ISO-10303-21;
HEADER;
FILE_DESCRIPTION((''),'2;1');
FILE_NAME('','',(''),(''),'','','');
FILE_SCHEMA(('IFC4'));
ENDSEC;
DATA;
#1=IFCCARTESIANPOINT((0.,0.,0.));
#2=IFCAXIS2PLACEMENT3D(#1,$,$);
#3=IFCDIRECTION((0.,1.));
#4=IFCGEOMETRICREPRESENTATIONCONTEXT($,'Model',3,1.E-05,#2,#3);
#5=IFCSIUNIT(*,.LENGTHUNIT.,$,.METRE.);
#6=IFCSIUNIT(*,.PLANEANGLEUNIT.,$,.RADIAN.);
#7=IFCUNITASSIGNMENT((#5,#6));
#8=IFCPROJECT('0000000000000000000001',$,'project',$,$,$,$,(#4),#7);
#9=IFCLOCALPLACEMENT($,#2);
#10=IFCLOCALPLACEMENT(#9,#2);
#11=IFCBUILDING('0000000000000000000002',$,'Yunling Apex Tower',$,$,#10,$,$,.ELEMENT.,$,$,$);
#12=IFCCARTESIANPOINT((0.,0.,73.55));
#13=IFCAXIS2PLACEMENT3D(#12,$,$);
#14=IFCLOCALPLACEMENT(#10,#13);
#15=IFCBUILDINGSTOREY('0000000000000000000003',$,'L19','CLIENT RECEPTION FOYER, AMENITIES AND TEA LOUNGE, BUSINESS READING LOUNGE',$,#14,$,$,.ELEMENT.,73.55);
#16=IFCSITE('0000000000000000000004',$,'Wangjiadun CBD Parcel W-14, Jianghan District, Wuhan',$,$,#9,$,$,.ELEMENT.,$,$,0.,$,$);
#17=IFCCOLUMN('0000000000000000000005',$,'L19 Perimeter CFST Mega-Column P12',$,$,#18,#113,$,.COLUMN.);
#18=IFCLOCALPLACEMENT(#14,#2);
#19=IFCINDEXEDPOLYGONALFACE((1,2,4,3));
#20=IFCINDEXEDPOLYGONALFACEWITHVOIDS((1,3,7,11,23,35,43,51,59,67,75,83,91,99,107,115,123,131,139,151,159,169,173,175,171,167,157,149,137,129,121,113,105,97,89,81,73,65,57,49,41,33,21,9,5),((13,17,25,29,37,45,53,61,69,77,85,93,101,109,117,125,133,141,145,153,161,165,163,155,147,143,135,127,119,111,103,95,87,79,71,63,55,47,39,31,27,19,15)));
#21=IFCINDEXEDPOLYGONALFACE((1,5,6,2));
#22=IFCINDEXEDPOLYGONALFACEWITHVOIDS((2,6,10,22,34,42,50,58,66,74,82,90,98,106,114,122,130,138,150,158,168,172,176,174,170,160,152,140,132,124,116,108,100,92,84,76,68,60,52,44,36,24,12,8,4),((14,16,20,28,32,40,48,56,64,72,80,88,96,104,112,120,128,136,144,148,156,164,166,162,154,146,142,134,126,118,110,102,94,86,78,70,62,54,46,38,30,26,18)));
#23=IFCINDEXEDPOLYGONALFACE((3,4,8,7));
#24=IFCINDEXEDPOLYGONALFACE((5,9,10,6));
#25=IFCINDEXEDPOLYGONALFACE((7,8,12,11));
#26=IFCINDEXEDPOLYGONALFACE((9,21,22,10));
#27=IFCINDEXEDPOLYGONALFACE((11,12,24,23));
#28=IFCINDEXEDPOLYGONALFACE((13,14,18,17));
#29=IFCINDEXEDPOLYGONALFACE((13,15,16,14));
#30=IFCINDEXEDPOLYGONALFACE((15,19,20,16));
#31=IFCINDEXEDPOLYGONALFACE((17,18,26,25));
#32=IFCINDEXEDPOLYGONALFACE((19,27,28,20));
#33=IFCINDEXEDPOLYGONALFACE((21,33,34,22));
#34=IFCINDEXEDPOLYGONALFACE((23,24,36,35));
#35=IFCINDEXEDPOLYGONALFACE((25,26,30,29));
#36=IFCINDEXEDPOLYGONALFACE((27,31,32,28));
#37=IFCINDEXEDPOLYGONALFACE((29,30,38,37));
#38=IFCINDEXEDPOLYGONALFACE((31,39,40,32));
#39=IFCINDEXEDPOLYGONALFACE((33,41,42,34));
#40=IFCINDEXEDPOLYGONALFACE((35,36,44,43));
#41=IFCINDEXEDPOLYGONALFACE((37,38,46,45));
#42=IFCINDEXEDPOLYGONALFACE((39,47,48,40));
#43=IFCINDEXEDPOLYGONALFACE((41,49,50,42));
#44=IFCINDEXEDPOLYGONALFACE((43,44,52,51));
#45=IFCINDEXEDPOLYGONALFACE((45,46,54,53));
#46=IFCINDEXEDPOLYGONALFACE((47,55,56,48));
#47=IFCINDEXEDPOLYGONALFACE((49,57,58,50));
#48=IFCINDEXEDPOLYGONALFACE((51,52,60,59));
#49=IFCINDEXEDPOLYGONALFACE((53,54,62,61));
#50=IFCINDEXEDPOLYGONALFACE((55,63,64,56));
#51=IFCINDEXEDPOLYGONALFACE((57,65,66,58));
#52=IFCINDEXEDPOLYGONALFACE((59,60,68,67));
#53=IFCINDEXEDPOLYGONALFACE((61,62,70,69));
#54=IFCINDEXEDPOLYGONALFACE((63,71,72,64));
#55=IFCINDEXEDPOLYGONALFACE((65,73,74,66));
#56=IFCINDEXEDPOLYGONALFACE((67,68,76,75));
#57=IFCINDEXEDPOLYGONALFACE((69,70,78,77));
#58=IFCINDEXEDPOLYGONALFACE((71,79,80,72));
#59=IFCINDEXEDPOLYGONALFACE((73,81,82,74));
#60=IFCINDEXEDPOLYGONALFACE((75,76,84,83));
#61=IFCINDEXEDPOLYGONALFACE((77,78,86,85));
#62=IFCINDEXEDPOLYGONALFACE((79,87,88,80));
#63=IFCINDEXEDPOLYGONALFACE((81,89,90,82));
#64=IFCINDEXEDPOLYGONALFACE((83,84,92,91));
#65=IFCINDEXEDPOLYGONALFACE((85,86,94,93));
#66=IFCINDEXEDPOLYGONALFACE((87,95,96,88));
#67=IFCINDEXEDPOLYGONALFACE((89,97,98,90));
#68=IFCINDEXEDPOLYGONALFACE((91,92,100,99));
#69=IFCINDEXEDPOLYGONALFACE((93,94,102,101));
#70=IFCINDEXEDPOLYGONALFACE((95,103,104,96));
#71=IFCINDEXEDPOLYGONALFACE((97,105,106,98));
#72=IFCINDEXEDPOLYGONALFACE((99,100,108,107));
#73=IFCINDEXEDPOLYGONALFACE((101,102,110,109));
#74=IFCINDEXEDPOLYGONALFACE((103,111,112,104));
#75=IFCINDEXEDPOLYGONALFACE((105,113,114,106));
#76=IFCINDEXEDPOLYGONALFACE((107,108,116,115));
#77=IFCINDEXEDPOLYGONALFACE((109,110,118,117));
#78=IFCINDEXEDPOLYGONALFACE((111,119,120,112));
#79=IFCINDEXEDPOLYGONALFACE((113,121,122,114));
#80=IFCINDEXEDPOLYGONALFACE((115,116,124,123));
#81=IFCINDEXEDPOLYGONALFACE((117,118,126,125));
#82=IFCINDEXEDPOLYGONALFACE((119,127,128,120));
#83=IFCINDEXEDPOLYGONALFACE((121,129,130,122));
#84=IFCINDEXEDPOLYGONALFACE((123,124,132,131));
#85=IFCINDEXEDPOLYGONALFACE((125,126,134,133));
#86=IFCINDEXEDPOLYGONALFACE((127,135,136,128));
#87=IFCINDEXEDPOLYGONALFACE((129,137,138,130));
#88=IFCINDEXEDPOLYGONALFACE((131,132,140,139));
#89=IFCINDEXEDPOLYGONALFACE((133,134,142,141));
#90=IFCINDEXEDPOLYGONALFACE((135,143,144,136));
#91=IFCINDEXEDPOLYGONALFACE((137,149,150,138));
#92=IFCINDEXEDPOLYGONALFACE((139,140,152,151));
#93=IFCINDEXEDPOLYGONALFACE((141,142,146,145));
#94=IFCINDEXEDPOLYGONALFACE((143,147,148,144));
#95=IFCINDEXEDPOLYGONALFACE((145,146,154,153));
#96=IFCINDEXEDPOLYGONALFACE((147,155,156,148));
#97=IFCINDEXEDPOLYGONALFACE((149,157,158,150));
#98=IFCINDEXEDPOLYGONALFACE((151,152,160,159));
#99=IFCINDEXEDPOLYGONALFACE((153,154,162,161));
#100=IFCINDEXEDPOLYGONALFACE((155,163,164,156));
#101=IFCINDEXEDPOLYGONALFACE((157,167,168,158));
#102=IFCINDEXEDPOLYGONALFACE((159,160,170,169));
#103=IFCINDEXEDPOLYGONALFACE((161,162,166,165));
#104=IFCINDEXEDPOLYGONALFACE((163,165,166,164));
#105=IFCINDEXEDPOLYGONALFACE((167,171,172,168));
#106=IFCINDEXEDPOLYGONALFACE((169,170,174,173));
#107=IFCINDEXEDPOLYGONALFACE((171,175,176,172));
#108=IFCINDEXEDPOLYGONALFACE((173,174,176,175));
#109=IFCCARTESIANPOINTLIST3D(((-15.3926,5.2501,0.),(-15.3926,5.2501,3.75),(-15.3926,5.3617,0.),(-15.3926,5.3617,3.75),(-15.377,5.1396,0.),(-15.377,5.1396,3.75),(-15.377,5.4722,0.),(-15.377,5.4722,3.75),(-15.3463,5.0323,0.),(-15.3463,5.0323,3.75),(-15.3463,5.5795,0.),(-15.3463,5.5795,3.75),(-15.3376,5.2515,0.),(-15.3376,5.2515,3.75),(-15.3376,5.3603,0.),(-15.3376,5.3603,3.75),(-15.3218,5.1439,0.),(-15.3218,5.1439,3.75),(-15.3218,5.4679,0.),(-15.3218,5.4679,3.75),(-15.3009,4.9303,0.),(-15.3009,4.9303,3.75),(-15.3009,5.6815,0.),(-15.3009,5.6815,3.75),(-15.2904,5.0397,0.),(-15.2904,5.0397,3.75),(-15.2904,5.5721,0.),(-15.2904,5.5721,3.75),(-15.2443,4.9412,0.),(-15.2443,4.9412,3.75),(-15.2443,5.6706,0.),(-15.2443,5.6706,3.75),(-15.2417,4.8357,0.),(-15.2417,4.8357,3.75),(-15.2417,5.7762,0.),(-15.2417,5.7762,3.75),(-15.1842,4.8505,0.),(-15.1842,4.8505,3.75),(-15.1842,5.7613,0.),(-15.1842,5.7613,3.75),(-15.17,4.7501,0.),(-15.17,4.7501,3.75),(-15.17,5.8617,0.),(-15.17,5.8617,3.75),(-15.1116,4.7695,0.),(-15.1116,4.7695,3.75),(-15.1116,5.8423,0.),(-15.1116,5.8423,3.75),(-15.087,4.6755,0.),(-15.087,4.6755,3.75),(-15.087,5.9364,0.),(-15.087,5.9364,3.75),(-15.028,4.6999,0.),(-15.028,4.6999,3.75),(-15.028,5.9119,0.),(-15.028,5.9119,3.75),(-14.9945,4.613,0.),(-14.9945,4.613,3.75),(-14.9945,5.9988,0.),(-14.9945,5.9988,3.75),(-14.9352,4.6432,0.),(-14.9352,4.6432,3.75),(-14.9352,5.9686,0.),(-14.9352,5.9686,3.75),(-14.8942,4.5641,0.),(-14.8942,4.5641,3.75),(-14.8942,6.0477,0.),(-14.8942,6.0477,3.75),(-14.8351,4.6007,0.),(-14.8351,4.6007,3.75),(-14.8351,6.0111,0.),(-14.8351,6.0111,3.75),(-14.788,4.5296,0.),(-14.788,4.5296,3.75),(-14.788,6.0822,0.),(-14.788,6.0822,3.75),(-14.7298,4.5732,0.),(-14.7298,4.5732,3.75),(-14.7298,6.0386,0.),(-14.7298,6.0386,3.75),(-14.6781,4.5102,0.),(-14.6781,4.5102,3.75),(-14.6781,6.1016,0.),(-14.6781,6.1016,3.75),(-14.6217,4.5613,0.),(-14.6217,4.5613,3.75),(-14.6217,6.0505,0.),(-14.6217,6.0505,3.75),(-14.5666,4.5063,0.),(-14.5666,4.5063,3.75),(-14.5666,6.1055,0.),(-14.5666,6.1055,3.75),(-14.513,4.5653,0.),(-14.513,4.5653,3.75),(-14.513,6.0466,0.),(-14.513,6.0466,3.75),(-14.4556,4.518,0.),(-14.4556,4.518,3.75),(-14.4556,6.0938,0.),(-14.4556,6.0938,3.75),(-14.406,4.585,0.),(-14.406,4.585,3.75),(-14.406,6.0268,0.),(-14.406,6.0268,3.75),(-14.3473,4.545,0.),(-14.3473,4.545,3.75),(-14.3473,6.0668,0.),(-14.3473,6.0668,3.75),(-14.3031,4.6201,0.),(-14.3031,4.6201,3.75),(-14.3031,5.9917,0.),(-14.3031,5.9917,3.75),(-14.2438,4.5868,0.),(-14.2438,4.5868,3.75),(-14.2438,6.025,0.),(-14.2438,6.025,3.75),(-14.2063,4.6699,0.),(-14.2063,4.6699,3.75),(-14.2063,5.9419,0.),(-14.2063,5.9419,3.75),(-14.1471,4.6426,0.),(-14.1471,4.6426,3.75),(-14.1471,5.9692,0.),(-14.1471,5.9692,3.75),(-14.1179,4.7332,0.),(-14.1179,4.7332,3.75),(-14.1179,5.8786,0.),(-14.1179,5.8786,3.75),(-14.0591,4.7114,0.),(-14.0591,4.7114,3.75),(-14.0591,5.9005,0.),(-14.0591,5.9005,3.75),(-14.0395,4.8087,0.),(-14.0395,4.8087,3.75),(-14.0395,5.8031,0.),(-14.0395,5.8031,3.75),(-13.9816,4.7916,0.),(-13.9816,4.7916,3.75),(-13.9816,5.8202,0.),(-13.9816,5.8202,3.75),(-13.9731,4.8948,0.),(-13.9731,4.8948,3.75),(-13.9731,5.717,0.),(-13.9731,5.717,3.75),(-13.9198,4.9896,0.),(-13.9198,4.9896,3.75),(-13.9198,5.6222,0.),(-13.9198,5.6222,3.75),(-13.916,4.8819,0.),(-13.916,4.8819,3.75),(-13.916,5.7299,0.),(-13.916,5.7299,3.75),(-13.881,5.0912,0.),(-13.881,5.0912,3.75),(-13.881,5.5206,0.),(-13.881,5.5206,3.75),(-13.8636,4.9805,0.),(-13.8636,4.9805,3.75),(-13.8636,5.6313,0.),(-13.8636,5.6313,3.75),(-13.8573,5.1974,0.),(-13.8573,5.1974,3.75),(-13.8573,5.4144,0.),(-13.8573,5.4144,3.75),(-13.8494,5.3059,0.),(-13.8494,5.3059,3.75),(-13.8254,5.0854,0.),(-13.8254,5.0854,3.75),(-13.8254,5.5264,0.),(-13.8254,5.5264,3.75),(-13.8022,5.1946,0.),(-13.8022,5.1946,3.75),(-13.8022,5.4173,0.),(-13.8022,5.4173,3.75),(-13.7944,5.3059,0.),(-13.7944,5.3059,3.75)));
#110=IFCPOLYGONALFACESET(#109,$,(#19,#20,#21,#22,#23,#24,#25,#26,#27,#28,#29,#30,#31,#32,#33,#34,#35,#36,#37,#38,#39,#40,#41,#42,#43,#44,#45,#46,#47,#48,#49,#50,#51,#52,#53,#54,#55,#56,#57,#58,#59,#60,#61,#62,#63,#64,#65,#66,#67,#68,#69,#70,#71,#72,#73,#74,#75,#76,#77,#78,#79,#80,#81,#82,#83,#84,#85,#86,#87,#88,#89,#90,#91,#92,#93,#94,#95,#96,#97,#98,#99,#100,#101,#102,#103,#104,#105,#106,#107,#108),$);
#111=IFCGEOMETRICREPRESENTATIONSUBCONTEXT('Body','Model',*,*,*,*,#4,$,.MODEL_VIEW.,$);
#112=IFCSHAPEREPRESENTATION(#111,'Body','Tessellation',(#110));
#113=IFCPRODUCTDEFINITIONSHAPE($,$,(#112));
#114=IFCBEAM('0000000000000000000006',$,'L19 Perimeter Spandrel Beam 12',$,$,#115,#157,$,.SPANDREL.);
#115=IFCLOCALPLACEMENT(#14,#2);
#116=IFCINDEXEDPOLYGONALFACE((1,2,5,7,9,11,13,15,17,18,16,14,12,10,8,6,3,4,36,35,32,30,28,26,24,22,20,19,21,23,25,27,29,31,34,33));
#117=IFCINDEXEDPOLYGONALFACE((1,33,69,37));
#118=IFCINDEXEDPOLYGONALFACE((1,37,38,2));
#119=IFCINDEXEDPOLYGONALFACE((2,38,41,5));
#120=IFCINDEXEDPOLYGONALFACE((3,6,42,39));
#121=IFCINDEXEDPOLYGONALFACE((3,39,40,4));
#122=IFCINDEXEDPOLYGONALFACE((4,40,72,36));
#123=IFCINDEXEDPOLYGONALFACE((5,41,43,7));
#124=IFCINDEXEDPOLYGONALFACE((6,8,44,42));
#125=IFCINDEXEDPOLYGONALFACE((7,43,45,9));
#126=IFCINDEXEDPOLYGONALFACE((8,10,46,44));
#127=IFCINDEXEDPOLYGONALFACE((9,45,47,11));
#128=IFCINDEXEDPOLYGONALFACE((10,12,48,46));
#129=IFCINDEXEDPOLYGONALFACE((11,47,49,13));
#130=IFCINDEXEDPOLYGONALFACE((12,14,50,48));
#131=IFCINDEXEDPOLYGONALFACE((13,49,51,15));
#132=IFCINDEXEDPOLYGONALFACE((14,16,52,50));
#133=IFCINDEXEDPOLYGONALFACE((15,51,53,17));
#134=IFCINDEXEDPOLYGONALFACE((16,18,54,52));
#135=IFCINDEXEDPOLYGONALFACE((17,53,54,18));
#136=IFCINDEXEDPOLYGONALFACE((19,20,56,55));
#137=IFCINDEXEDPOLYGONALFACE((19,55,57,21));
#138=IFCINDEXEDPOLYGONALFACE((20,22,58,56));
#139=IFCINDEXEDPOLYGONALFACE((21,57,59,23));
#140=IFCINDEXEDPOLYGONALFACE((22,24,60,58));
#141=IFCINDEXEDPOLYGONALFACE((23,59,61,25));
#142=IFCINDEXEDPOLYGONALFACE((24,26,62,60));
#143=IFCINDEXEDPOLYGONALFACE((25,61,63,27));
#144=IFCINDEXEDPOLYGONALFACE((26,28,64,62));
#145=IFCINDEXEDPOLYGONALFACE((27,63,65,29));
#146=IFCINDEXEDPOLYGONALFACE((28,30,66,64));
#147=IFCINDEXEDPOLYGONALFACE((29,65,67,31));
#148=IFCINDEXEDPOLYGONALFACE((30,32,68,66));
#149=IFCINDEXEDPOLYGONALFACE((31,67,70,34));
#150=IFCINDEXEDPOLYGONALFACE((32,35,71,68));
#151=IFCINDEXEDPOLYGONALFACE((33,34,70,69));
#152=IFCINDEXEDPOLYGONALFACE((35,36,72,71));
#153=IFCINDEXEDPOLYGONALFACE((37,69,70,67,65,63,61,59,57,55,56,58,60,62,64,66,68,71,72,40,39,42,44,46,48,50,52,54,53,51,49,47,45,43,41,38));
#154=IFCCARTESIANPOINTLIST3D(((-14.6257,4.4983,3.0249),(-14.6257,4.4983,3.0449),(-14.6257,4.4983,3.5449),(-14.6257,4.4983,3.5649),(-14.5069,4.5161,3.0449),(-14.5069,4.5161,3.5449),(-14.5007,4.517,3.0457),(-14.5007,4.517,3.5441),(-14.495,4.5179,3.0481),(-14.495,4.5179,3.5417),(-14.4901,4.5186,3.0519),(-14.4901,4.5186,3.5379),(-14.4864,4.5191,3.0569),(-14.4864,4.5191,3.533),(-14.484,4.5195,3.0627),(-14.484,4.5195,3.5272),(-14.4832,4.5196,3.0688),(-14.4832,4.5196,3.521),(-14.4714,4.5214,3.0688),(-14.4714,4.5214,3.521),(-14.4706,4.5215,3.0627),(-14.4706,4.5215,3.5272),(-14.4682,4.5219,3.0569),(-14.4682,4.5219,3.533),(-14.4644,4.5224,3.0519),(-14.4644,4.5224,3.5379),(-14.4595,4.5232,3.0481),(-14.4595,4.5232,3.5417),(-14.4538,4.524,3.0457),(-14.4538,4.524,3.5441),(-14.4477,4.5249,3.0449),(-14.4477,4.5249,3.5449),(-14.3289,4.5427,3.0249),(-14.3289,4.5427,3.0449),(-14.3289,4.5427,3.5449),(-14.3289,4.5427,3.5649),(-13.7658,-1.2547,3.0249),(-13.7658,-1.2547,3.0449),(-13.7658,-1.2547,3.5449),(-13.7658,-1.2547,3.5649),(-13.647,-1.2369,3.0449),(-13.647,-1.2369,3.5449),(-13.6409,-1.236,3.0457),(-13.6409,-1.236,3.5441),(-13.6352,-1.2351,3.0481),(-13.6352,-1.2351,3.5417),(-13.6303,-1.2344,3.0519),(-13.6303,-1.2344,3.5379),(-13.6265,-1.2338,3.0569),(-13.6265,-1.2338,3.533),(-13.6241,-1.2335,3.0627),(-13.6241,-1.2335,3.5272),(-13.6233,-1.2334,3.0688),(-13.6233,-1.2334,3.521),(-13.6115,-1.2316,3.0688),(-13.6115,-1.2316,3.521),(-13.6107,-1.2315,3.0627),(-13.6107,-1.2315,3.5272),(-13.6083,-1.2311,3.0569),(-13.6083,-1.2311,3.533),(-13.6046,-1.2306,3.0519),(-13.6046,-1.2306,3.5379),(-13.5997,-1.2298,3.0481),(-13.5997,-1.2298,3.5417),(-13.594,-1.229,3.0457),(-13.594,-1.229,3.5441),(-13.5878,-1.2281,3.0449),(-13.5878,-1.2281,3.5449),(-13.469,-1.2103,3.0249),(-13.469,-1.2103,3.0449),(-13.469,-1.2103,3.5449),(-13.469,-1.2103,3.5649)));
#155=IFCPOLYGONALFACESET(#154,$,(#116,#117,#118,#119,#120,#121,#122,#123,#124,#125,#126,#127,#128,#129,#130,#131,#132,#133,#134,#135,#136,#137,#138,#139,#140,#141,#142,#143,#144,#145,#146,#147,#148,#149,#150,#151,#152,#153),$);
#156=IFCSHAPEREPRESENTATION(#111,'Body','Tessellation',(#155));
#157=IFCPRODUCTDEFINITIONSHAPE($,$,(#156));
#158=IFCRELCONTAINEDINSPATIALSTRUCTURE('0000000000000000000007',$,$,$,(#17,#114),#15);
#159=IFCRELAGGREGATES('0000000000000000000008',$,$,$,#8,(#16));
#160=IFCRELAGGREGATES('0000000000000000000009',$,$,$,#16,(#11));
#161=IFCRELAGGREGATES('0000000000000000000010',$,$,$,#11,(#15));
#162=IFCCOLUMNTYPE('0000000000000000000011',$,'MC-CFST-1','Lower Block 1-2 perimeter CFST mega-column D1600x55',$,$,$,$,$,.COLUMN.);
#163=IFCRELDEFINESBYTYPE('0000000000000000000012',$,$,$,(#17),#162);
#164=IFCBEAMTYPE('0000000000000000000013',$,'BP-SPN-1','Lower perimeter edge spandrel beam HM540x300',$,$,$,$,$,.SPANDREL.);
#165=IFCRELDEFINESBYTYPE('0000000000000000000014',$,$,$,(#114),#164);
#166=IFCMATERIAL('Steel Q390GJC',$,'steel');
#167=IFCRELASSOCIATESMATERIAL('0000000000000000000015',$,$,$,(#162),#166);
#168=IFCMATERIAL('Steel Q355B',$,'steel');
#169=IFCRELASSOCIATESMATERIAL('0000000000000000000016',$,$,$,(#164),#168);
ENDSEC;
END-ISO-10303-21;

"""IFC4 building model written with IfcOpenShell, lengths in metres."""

from ifc_helpers import new_model, si_unit, direction, frame, origin, origin_2d, place, context, subcontext, project, spatial, hollow_circle, i_section, extrude, source, transform, mapped, material, material_profile, profile_set, type_object, element, save


model = new_model("IFC4")

# Units and contexts
model_context = context("Model", 3, precision=1e-05, world=origin(), true_north=direction((0.0, 1.0)))
body_context = subcontext(model_context, "Body", "Model", "MODEL_VIEW")
ifc_project = project(units=[si_unit("LENGTHUNIT", "METRE"), si_unit("PLANEANGLEUNIT", "RADIAN")], contexts=[model_context])

# Site, building, storey
site_placement = place(None, origin())
site = spatial("IfcSite", under=ifc_project, at=site_placement, Name="Wangjiadun CBD Parcel W-14, Jianghan District, Wuhan", CompositionType="ELEMENT", RefElevation=0.0)
building_placement = place(site_placement, origin())
building = spatial("IfcBuilding", under=site, at=building_placement, Name="Yunling Apex Tower", CompositionType="ELEMENT")
storey_placement = place(building_placement, frame((0.0, 0.0, 73.55)))
storey = spatial("IfcBuildingStorey", under=building, at=storey_placement, Name="L19", Description="CLIENT RECEPTION FOYER, AMENITIES AND TEA LOUNGE, BUSINESS READING LOUNGE", CompositionType="ELEMENT", Elevation=73.55)

# Column
ifc_material_1 = material(Name="Steel Q390GJC", Category="steel")
ifc_material_profile_1 = material_profile(ifc_material_1, hollow_circle(Radius=0.8, WallThickness=0.0549, at=origin_2d()))
ifc_profile_set_1 = profile_set([ifc_material_profile_1], Name="Steel Q390GJC")
column_type = type_object("IfcColumnType", Name="MC-CFST-1", Description="Lower Block 1-2 perimeter CFST mega-column D1600x55", PredefinedType="COLUMN", material=ifc_profile_set_1)
shared_shape_1 = source(origin(), body_context, "Body", "SweptSolid", [
    extrude(hollow_circle(Radius=0.8, WallThickness=0.0549, at=origin_2d()), origin(), (0.0, 0.0, 1.0), 3.75),
])
column_placement = place(storey_placement, frame((-14.5945, 5.3059, 0.0), z_axis=(0.0, 0.0, 1.0), x_axis=(1.0, 0.0, 0.0)))
element("IfcColumn", 1, at=column_placement, inside=storey, type_object=column_type, Name="L19 Perimeter CFST Mega-Column P12", PredefinedType="COLUMN", context=body_context, shape_type="MappedRepresentation", body=[
    mapped(shared_shape_1, transform((0.0, 0.0, 0.0), scale=1.0)),
])

# Beam
ifc_material_2 = material(Name="Steel Q355B", Category="steel")
ifc_material_profile_2 = material_profile(ifc_material_2, i_section(OverallWidth=0.3, OverallDepth=0.54, WebThickness=0.012, FlangeThickness=0.02, FilletRadius=0.0239, at=origin_2d()))
ifc_profile_set_2 = profile_set([ifc_material_profile_2], Name="Steel Q355B")
beam_type_1 = type_object("IfcBeamType", Name="BP-SPN-1", Description="Lower perimeter edge spandrel beam HM540x300", PredefinedType="SPANDREL", material=ifc_profile_set_2)
shared_shape_2 = source(origin(), body_context, "Body", "SweptSolid", [
    extrude(i_section(OverallWidth=0.3, OverallDepth=0.54, WebThickness=0.012, FlangeThickness=0.02, FilletRadius=0.0239, at=origin_2d()), origin(), (0.0, 0.0, 1.0), 5.8169),
])
beam_1_placement = place(storey_placement, frame((-14.4773, 4.5205, 3.2949), z_axis=(0.147823, -0.989014, 0.0), x_axis=(0.989014, 0.147823, 0.0)))
element("IfcBeam", 2, at=beam_1_placement, inside=storey, type_object=beam_type_1, Name="L19 Perimeter Spandrel Beam 12", PredefinedType="SPANDREL", context=body_context, shape_type="MappedRepresentation", body=[
    mapped(shared_shape_2, transform((0.0, 0.0, 0.0), scale=1.0)),
])

save(model, "model.ifc")
